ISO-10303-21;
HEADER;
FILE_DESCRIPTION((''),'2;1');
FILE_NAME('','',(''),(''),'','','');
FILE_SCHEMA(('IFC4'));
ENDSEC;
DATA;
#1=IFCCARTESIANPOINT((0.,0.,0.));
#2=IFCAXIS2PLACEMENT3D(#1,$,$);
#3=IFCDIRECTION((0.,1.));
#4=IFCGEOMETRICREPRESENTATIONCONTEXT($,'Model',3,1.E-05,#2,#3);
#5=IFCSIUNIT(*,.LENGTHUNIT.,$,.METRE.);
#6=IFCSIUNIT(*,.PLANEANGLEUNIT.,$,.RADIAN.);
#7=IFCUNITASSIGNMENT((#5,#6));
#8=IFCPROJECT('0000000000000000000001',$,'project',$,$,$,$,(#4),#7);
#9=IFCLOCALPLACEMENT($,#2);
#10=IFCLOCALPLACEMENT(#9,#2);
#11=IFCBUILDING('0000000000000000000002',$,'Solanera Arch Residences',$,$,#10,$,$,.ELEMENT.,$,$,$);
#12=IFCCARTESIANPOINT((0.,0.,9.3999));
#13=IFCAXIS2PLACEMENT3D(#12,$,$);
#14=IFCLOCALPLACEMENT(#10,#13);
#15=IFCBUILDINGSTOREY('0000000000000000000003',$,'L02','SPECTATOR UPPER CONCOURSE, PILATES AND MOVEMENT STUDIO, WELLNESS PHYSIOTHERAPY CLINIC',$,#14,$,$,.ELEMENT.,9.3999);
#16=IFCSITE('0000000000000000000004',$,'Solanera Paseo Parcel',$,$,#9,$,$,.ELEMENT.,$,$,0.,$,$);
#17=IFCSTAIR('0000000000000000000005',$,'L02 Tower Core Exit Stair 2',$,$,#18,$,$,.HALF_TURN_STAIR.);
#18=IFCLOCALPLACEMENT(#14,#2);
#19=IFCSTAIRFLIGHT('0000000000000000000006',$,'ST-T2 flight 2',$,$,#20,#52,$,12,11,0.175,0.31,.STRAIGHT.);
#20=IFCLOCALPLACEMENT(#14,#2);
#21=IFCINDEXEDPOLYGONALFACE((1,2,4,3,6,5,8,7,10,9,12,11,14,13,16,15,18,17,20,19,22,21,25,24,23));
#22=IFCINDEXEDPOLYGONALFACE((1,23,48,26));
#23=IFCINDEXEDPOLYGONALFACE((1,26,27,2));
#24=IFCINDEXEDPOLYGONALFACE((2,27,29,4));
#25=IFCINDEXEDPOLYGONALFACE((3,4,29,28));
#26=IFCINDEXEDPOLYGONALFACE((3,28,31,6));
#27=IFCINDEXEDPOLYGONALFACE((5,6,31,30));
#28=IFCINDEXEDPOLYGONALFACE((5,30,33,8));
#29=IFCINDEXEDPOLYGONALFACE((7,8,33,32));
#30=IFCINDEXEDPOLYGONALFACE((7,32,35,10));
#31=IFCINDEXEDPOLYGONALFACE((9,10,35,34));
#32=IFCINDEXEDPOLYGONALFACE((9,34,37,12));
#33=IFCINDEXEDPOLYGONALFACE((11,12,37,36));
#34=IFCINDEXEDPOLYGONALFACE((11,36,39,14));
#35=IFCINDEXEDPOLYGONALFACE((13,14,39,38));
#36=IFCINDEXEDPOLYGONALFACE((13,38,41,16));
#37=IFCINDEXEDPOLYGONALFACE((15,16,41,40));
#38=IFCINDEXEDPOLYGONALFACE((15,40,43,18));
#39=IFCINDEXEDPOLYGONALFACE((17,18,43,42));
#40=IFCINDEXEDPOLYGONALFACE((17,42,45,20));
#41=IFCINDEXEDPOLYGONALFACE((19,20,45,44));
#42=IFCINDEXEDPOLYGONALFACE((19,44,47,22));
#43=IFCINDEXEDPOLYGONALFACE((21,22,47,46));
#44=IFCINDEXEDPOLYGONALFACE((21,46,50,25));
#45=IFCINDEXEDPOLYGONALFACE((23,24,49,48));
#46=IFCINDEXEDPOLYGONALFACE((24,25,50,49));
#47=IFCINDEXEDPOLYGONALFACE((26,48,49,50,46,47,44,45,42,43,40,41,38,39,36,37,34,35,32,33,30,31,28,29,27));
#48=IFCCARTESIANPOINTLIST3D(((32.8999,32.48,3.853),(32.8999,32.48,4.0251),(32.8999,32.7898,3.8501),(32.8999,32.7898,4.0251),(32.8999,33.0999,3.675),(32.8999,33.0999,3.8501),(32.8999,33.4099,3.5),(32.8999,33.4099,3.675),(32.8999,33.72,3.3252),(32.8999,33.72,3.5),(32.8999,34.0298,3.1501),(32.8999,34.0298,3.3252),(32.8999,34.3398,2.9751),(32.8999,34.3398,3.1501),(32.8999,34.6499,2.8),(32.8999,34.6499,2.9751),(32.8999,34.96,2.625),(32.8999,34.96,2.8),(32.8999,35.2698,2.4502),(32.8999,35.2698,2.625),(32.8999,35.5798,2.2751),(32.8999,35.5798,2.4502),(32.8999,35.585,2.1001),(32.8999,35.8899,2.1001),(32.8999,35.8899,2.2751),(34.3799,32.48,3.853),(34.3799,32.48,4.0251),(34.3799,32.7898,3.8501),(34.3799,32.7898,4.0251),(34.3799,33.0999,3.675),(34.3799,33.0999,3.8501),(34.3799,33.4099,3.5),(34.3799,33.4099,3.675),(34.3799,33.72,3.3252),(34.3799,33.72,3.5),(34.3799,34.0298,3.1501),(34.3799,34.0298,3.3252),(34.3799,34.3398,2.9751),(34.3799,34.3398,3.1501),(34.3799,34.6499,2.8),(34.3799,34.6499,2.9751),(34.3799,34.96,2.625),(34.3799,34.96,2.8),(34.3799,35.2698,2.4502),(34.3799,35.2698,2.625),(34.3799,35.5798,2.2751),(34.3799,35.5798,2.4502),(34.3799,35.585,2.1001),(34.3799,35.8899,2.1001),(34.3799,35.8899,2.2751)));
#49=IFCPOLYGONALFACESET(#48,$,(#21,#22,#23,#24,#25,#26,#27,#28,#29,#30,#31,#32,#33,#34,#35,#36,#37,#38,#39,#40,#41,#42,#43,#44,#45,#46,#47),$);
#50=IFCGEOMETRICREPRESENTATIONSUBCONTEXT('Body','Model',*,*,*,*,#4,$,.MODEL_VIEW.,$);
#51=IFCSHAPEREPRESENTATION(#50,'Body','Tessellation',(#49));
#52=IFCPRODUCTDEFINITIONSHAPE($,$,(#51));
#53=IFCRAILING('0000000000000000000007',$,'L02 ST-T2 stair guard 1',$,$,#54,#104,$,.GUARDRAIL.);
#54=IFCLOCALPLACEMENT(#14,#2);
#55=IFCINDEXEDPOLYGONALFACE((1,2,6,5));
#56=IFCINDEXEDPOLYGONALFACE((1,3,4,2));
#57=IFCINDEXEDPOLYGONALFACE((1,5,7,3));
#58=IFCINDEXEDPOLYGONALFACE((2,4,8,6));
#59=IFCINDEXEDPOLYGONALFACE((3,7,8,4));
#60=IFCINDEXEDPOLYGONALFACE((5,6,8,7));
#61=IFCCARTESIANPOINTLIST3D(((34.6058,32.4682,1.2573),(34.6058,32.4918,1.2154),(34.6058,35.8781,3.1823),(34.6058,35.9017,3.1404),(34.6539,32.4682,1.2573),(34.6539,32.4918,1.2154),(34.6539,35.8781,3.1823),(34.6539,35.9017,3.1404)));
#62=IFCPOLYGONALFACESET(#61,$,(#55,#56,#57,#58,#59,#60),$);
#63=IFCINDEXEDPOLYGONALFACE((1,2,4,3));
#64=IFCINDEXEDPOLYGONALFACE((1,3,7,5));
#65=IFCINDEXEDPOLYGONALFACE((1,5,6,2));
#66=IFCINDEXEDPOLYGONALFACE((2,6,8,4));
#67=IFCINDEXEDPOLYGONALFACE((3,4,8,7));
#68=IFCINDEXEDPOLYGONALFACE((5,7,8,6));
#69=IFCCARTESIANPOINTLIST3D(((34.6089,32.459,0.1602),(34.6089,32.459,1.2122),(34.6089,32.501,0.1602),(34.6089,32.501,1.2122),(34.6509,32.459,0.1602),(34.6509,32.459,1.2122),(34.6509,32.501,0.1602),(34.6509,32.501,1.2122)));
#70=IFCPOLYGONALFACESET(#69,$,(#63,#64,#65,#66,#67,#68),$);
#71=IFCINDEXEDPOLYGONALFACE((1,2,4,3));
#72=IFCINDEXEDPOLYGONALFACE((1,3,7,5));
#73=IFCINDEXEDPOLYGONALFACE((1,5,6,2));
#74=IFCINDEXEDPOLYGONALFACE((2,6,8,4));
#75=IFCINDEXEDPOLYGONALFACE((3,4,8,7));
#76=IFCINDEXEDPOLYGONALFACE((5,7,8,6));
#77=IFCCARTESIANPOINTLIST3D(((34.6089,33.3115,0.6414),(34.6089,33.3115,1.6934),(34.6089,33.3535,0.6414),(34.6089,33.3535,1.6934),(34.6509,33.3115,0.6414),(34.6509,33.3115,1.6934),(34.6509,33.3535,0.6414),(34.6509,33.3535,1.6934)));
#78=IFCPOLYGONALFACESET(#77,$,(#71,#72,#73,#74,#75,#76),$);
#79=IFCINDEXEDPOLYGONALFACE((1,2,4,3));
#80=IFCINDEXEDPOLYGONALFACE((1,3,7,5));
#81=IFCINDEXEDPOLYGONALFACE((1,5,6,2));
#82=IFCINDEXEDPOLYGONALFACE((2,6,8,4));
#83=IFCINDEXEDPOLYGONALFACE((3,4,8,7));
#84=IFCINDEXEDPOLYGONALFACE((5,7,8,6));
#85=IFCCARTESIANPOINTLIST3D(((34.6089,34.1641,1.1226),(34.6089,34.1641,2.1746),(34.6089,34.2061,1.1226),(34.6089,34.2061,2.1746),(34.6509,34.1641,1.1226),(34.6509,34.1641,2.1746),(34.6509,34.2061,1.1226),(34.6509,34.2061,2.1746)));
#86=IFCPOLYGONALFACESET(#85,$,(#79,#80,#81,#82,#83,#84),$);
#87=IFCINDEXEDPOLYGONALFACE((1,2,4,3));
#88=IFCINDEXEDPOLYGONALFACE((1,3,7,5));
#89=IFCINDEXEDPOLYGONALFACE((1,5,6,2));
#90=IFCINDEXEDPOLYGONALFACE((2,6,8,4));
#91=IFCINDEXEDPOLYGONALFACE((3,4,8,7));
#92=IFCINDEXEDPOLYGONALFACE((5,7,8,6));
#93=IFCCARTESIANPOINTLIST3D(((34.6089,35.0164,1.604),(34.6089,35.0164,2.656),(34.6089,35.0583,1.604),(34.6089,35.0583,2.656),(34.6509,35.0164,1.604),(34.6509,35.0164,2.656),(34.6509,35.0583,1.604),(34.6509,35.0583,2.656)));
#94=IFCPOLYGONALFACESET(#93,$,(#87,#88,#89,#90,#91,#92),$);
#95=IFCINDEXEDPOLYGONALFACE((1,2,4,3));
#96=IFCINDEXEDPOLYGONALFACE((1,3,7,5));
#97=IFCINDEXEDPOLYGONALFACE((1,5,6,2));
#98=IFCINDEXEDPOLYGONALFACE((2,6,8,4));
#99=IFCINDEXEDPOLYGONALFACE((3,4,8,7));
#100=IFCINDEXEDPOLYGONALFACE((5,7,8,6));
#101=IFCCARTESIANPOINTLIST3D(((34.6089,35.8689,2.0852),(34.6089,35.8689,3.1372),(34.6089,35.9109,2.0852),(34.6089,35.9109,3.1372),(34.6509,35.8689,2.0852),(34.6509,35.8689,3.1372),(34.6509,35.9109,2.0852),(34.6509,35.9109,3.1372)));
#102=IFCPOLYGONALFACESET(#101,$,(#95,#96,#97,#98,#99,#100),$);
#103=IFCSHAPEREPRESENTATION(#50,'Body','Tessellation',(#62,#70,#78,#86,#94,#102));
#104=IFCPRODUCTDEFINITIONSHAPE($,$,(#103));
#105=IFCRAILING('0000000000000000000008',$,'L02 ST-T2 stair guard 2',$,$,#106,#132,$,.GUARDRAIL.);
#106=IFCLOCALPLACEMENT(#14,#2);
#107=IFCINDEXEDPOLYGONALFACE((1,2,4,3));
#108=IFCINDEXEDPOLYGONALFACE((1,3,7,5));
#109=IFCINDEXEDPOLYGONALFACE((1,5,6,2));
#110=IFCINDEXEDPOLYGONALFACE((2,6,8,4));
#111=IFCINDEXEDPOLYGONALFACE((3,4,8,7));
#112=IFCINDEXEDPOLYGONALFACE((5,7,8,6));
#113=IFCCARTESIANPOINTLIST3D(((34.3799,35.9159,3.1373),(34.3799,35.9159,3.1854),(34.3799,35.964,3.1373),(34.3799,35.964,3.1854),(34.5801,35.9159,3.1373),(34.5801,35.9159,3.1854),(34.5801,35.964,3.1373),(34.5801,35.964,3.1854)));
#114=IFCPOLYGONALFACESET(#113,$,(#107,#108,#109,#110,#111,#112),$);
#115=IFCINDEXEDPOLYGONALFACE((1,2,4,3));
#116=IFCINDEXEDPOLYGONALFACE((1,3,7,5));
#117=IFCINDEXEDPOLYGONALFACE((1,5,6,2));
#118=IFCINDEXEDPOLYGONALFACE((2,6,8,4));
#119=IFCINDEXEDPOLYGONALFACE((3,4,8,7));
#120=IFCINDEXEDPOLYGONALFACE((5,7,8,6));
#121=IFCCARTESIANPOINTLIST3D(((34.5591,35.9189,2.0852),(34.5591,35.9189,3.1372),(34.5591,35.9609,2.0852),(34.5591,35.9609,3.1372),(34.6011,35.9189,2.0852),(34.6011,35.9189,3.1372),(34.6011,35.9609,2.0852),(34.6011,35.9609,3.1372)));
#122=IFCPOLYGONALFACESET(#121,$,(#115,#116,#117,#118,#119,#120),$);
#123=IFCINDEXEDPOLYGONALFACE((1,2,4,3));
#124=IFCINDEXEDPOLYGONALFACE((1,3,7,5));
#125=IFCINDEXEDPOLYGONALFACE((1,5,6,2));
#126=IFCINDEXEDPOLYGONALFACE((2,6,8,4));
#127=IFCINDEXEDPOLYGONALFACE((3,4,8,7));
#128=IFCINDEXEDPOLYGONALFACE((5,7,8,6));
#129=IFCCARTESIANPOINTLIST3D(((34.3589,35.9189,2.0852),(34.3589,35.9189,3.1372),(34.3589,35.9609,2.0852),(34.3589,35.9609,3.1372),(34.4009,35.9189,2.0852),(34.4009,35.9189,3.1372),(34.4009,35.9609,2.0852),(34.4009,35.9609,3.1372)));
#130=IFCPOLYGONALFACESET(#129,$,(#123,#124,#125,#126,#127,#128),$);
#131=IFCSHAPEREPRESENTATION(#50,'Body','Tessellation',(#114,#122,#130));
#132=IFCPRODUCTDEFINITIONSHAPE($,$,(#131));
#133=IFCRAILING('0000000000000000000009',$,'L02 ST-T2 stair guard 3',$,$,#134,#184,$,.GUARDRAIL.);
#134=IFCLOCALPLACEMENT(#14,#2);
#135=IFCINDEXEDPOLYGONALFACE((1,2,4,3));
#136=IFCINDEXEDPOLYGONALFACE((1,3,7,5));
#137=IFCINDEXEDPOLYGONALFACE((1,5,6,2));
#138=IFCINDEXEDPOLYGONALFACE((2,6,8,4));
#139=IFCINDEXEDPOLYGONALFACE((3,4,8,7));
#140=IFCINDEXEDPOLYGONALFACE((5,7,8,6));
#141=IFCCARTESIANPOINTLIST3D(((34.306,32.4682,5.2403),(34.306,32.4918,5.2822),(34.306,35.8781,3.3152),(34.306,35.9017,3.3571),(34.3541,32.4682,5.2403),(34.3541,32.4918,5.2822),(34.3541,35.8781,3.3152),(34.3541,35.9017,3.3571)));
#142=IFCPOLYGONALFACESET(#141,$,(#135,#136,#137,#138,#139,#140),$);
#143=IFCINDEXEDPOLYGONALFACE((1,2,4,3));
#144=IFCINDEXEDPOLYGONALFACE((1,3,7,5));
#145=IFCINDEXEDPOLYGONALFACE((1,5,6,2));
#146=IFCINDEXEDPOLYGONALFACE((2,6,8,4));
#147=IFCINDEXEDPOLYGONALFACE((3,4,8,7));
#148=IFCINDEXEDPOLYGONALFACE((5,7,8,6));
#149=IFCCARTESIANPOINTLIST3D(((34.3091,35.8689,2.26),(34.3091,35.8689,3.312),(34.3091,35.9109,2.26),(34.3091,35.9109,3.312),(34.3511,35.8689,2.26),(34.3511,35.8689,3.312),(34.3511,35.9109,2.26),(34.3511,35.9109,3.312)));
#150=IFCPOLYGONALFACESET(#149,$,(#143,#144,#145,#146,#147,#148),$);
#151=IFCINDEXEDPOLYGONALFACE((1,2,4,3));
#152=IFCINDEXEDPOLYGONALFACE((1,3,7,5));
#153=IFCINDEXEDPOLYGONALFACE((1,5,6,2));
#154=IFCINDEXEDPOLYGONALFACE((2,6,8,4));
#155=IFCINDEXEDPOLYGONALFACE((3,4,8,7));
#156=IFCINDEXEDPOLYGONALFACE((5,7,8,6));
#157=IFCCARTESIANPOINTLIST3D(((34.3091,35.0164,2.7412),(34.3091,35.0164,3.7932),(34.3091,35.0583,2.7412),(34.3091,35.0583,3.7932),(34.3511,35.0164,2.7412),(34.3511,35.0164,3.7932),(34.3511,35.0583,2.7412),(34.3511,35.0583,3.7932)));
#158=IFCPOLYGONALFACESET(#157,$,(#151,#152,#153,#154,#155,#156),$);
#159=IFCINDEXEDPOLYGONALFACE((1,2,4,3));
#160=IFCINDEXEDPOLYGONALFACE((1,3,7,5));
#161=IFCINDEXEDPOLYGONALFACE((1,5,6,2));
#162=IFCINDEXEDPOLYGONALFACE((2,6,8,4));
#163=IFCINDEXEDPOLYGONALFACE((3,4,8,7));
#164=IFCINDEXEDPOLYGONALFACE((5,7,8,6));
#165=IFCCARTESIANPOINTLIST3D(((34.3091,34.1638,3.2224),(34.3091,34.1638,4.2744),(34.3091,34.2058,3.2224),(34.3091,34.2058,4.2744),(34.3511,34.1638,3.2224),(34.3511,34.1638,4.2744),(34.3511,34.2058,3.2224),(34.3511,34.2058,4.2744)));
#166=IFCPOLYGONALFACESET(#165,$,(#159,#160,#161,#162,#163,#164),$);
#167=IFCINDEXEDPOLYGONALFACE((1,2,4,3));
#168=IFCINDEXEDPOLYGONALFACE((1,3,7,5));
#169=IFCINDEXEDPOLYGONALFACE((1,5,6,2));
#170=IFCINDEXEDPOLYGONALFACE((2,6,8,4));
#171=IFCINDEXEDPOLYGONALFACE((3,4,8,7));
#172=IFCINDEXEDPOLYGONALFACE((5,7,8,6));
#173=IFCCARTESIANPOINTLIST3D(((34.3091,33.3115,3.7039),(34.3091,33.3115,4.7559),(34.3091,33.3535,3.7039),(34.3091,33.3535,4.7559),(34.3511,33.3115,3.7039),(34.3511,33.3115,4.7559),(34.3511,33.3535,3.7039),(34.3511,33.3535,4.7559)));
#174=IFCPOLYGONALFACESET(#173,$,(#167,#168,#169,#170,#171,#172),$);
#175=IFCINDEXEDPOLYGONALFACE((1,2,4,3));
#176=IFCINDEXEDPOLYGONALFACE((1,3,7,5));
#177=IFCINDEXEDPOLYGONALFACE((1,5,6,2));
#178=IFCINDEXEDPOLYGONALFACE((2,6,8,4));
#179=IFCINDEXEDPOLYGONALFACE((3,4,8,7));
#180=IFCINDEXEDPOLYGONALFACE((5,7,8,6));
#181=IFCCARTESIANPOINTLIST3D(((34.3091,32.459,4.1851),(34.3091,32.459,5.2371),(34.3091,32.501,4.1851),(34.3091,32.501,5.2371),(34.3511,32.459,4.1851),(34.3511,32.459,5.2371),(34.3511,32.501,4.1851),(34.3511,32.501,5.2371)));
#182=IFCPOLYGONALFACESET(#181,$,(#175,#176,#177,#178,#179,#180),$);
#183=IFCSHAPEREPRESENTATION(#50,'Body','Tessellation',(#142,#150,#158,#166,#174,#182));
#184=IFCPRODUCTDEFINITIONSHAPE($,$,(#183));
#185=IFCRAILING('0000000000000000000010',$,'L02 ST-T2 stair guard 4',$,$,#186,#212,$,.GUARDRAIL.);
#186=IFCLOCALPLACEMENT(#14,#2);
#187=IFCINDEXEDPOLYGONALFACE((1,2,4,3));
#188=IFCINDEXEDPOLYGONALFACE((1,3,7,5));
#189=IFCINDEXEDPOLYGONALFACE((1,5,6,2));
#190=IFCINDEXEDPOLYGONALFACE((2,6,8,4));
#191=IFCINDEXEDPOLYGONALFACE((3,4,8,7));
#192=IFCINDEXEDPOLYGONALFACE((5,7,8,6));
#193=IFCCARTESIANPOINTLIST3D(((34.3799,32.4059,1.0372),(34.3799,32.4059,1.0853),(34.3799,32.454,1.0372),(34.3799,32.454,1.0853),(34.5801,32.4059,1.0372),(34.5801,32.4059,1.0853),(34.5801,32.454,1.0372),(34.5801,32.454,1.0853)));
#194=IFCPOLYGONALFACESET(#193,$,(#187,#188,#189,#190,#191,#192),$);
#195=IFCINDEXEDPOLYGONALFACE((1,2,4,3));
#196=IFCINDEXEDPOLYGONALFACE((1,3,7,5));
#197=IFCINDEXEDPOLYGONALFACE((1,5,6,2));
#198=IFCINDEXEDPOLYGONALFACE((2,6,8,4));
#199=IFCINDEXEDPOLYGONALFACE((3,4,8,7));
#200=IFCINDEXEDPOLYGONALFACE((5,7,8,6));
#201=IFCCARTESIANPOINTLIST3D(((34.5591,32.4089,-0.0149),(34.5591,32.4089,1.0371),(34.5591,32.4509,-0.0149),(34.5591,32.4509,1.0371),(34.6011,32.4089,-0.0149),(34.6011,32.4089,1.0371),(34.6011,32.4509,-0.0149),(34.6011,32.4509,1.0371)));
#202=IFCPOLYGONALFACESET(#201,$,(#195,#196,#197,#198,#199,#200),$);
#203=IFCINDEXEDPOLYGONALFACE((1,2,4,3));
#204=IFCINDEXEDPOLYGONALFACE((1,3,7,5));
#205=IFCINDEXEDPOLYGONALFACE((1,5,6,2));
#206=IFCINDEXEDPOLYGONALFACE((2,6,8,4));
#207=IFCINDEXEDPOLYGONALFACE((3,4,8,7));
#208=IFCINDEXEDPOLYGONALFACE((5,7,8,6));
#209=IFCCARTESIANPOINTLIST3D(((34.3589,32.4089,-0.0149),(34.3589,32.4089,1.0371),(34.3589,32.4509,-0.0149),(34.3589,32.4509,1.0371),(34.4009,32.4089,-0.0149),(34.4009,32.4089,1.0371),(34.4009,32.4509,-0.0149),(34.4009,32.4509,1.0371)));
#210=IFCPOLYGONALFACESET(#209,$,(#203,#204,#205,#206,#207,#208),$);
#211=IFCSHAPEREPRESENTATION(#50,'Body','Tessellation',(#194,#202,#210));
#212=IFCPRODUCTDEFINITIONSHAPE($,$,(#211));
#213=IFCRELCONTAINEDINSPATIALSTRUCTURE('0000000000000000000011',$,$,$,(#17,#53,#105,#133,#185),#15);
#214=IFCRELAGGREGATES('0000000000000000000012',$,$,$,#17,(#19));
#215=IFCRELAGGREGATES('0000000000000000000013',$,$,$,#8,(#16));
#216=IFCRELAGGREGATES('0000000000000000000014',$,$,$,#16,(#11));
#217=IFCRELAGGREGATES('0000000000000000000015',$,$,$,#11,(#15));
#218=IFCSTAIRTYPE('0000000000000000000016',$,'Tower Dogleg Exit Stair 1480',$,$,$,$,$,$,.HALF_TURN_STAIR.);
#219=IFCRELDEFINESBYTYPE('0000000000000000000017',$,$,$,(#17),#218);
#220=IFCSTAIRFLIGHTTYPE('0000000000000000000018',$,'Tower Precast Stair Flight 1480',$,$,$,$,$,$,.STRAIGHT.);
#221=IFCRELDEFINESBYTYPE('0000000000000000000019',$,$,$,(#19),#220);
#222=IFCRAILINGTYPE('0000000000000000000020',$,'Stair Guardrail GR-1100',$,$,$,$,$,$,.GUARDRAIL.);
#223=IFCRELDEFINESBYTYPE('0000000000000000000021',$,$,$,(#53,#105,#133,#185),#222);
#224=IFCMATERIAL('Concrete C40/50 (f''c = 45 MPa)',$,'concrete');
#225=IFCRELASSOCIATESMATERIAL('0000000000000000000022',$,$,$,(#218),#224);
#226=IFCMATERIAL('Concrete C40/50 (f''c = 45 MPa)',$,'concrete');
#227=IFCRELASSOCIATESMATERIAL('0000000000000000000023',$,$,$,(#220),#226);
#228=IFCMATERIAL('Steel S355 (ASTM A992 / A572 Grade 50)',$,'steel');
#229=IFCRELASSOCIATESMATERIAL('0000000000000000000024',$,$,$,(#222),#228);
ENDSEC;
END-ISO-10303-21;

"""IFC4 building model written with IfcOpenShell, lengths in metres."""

from ifc_helpers import new_model, si_unit, direction, frame, origin, origin_2d, place, context, subcontext, project, spatial, polyline, rectangle, outline, extrude, material, type_object, element, aggregate, save


model = new_model("IFC4")

# Units and contexts
model_context = context("Model", 3, precision=1e-05, world=origin(), true_north=direction((0.0, 1.0)))
body_context = subcontext(model_context, "Body", "Model", "MODEL_VIEW")
ifc_project = project(units=[si_unit("LENGTHUNIT", "METRE"), si_unit("PLANEANGLEUNIT", "RADIAN")], contexts=[model_context])

# Site, building, storey
site_placement = place(None, origin())
site = spatial("IfcSite", under=ifc_project, at=site_placement, Name="Solanera Paseo Parcel", CompositionType="ELEMENT", RefElevation=0.0)
building_placement = place(site_placement, origin())
building = spatial("IfcBuilding", under=site, at=building_placement, Name="Solanera Arch Residences", CompositionType="ELEMENT")
storey_placement = place(building_placement, frame((0.0, 0.0, 9.3999)))
storey = spatial("IfcBuildingStorey", under=building, at=storey_placement, Name="L02", Description="SPECTATOR UPPER CONCOURSE, PILATES AND MOVEMENT STUDIO, WELLNESS PHYSIOTHERAPY CLINIC", CompositionType="ELEMENT", Elevation=9.3999)

# Stair, stair flight
ifc_material_1 = material(Name="Concrete C40/50 (f'c = 45 MPa)", Category="concrete")
stair_type = type_object("IfcStairType", Name="Tower Dogleg Exit Stair 1480", PredefinedType="HALF_TURN_STAIR", material=ifc_material_1)
stair_placement = place(storey_placement, origin())
stair = element("IfcStair", 1, at=stair_placement, inside=storey, type_object=stair_type, Name="L02 Tower Core Exit Stair 2", PredefinedType="HALF_TURN_STAIR")
ifc_material_2 = material(Name="Concrete C40/50 (f'c = 45 MPa)", Category="concrete")
stair_flight_type = type_object("IfcStairFlightType", Name="Tower Precast Stair Flight 1480", PredefinedType="STRAIGHT", material=ifc_material_2)
stair_flight_1_placement = place(storey_placement, frame((33.6399, 35.8899, 2.1001), z_axis=(0.0, 0.0, 1.0), x_axis=(0.0, -1.0, 0.0)))
stair_flight_1 = element("IfcStairFlight", 2, at=stair_flight_1_placement, type_object=stair_flight_type, Name="ST-T2 flight 2", NumberOfRisers=12, NumberOfTreads=11, PredefinedType="STRAIGHT", RiserHeight=0.175, TreadLength=0.31, context=body_context, shape_type="SweptSolid", body=[
    extrude(outline(polyline([(0.0, 0.0), (0.0, 0.175), (0.3101, 0.175), (0.3101, 0.3501), (0.6201, 0.3501), (0.6201, 0.5249), (0.9299, 0.5249), (0.9299, 0.7), (1.24, 0.7), (1.24, 0.875), (1.55, 0.875), (1.55, 1.05), (1.8601, 1.05), (1.8601, 1.2251), (2.1699, 1.2251), (2.1699, 1.3999), (2.48, 1.3999), (2.48, 1.575), (2.79, 1.575), (2.79, 1.75), (3.1001, 1.75), (3.1001, 1.925), (3.4099, 1.925), (3.4099, 2.1001), (3.4099, 1.7529), (0.3049, 0.0), (0.0, 0.0)])), frame((0.0, 0.74, 0.0), z_axis=(0.0, -1.0, 0.0), x_axis=(1.0, 0.0, 0.0)), (0.0, 0.0, 1.0), 1.48),
])
aggregate(stair, [stair_flight_1])

# Railings
ifc_material_3 = material(Name="Steel S355 (ASTM A992 / A572 Grade 50)", Category="steel")
railing_type_1 = type_object("IfcRailingType", Name="Stair Guardrail GR-1100", PredefinedType="GUARDRAIL", material=ifc_material_3)
railing_1_placement = place(storey_placement, frame((34.6299, 32.48, 0.1602)))
element("IfcRailing", 3, at=railing_1_placement, inside=storey, type_object=railing_type_1, Name="L02 ST-T2 stair guard 1", PredefinedType="GUARDRAIL", context=body_context, shape_type="SweptSolid", body=[
    extrude(rectangle(XDim=0.0481, YDim=0.0481, at=origin_2d()), frame((0.0, 0.0, 1.0762), z_axis=(0.0, 0.870814, 0.491613), x_axis=(-1.0, 0.0, 0.0)), (0.0, 0.0, 1.0), 3.9158),
    extrude(rectangle(XDim=0.042, YDim=0.042, at=origin_2d()), origin(), (0.0, 0.0, 1.0), 1.052),
    extrude(rectangle(XDim=0.042, YDim=0.042, at=origin_2d()), frame((0.0, 0.8525, 0.4812)), (0.0, 0.0, 1.0), 1.052),
    extrude(rectangle(XDim=0.042, YDim=0.042, at=origin_2d()), frame((0.0, 1.7051, 0.9624)), (0.0, 0.0, 1.0), 1.052),
    extrude(rectangle(XDim=0.042, YDim=0.042, at=origin_2d()), frame((0.0, 2.5574, 1.4438)), (0.0, 0.0, 1.0), 1.052),
    extrude(rectangle(XDim=0.042, YDim=0.042, at=origin_2d()), frame((0.0, 3.4099, 1.925)), (0.0, 0.0, 1.0), 1.052),
])
railing_2_placement = place(storey_placement, frame((34.5801, 35.9399, 2.0852)))
element("IfcRailing", 4, at=railing_2_placement, inside=storey, type_object=railing_type_1, Name="L02 ST-T2 stair guard 2", PredefinedType="GUARDRAIL", context=body_context, shape_type="SweptSolid", body=[
    extrude(rectangle(XDim=0.0481, YDim=0.0481, at=origin_2d()), frame((0.0, 0.0, 1.0762), z_axis=(-1.0, 0.0, 0.0), x_axis=(0.0, -1.0, 0.0)), (0.0, 0.0, 1.0), 0.2002),
    extrude(rectangle(XDim=0.042, YDim=0.042, at=origin_2d()), origin(), (0.0, 0.0, 1.0), 1.052),
    extrude(rectangle(XDim=0.042, YDim=0.042, at=origin_2d()), frame((-0.2002, 0.0, 0.0)), (0.0, 0.0, 1.0), 1.052),
])
railing_3_placement = place(storey_placement, frame((34.3301, 35.8899, 2.26)))
element("IfcRailing", 5, at=railing_3_placement, inside=storey, type_object=railing_type_1, Name="L02 ST-T2 stair guard 3", PredefinedType="GUARDRAIL", context=body_context, shape_type="SweptSolid", body=[
    extrude(rectangle(XDim=0.0481, YDim=0.0481, at=origin_2d()), frame((0.0, 0.0, 1.0762), z_axis=(0.0, -0.870814, 0.491613), x_axis=(1.0, 0.0, 0.0)), (0.0, 0.0, 1.0), 3.9158),
    extrude(rectangle(XDim=0.042, YDim=0.042, at=origin_2d()), origin(), (0.0, 0.0, 1.0), 1.052),
    extrude(rectangle(XDim=0.042, YDim=0.042, at=origin_2d()), frame((0.0, -0.8525, 0.4812)), (0.0, 0.0, 1.0), 1.052),
    extrude(rectangle(XDim=0.042, YDim=0.042, at=origin_2d()), frame((0.0, -1.7051, 0.9624)), (0.0, 0.0, 1.0), 1.052),
    extrude(rectangle(XDim=0.042, YDim=0.042, at=origin_2d()), frame((0.0, -2.5574, 1.4438)), (0.0, 0.0, 1.0), 1.052),
    extrude(rectangle(XDim=0.042, YDim=0.042, at=origin_2d()), frame((0.0, -3.4099, 1.925)), (0.0, 0.0, 1.0), 1.052),
])
railing_4_placement = place(storey_placement, frame((34.5801, 32.4299, -0.0149)))
element("IfcRailing", 6, at=railing_4_placement, inside=storey, type_object=railing_type_1, Name="L02 ST-T2 stair guard 4", PredefinedType="GUARDRAIL", context=body_context, shape_type="SweptSolid", body=[
    extrude(rectangle(XDim=0.0481, YDim=0.0481, at=origin_2d()), frame((0.0, 0.0, 1.0762), z_axis=(-1.0, 0.0, 0.0), x_axis=(0.0, -1.0, 0.0)), (0.0, 0.0, 1.0), 0.2002),
    extrude(rectangle(XDim=0.042, YDim=0.042, at=origin_2d()), origin(), (0.0, 0.0, 1.0), 1.052),
    extrude(rectangle(XDim=0.042, YDim=0.042, at=origin_2d()), frame((-0.2002, 0.0, 0.0)), (0.0, 0.0, 1.0), 1.052),
])

save(model, "model.ifc")
